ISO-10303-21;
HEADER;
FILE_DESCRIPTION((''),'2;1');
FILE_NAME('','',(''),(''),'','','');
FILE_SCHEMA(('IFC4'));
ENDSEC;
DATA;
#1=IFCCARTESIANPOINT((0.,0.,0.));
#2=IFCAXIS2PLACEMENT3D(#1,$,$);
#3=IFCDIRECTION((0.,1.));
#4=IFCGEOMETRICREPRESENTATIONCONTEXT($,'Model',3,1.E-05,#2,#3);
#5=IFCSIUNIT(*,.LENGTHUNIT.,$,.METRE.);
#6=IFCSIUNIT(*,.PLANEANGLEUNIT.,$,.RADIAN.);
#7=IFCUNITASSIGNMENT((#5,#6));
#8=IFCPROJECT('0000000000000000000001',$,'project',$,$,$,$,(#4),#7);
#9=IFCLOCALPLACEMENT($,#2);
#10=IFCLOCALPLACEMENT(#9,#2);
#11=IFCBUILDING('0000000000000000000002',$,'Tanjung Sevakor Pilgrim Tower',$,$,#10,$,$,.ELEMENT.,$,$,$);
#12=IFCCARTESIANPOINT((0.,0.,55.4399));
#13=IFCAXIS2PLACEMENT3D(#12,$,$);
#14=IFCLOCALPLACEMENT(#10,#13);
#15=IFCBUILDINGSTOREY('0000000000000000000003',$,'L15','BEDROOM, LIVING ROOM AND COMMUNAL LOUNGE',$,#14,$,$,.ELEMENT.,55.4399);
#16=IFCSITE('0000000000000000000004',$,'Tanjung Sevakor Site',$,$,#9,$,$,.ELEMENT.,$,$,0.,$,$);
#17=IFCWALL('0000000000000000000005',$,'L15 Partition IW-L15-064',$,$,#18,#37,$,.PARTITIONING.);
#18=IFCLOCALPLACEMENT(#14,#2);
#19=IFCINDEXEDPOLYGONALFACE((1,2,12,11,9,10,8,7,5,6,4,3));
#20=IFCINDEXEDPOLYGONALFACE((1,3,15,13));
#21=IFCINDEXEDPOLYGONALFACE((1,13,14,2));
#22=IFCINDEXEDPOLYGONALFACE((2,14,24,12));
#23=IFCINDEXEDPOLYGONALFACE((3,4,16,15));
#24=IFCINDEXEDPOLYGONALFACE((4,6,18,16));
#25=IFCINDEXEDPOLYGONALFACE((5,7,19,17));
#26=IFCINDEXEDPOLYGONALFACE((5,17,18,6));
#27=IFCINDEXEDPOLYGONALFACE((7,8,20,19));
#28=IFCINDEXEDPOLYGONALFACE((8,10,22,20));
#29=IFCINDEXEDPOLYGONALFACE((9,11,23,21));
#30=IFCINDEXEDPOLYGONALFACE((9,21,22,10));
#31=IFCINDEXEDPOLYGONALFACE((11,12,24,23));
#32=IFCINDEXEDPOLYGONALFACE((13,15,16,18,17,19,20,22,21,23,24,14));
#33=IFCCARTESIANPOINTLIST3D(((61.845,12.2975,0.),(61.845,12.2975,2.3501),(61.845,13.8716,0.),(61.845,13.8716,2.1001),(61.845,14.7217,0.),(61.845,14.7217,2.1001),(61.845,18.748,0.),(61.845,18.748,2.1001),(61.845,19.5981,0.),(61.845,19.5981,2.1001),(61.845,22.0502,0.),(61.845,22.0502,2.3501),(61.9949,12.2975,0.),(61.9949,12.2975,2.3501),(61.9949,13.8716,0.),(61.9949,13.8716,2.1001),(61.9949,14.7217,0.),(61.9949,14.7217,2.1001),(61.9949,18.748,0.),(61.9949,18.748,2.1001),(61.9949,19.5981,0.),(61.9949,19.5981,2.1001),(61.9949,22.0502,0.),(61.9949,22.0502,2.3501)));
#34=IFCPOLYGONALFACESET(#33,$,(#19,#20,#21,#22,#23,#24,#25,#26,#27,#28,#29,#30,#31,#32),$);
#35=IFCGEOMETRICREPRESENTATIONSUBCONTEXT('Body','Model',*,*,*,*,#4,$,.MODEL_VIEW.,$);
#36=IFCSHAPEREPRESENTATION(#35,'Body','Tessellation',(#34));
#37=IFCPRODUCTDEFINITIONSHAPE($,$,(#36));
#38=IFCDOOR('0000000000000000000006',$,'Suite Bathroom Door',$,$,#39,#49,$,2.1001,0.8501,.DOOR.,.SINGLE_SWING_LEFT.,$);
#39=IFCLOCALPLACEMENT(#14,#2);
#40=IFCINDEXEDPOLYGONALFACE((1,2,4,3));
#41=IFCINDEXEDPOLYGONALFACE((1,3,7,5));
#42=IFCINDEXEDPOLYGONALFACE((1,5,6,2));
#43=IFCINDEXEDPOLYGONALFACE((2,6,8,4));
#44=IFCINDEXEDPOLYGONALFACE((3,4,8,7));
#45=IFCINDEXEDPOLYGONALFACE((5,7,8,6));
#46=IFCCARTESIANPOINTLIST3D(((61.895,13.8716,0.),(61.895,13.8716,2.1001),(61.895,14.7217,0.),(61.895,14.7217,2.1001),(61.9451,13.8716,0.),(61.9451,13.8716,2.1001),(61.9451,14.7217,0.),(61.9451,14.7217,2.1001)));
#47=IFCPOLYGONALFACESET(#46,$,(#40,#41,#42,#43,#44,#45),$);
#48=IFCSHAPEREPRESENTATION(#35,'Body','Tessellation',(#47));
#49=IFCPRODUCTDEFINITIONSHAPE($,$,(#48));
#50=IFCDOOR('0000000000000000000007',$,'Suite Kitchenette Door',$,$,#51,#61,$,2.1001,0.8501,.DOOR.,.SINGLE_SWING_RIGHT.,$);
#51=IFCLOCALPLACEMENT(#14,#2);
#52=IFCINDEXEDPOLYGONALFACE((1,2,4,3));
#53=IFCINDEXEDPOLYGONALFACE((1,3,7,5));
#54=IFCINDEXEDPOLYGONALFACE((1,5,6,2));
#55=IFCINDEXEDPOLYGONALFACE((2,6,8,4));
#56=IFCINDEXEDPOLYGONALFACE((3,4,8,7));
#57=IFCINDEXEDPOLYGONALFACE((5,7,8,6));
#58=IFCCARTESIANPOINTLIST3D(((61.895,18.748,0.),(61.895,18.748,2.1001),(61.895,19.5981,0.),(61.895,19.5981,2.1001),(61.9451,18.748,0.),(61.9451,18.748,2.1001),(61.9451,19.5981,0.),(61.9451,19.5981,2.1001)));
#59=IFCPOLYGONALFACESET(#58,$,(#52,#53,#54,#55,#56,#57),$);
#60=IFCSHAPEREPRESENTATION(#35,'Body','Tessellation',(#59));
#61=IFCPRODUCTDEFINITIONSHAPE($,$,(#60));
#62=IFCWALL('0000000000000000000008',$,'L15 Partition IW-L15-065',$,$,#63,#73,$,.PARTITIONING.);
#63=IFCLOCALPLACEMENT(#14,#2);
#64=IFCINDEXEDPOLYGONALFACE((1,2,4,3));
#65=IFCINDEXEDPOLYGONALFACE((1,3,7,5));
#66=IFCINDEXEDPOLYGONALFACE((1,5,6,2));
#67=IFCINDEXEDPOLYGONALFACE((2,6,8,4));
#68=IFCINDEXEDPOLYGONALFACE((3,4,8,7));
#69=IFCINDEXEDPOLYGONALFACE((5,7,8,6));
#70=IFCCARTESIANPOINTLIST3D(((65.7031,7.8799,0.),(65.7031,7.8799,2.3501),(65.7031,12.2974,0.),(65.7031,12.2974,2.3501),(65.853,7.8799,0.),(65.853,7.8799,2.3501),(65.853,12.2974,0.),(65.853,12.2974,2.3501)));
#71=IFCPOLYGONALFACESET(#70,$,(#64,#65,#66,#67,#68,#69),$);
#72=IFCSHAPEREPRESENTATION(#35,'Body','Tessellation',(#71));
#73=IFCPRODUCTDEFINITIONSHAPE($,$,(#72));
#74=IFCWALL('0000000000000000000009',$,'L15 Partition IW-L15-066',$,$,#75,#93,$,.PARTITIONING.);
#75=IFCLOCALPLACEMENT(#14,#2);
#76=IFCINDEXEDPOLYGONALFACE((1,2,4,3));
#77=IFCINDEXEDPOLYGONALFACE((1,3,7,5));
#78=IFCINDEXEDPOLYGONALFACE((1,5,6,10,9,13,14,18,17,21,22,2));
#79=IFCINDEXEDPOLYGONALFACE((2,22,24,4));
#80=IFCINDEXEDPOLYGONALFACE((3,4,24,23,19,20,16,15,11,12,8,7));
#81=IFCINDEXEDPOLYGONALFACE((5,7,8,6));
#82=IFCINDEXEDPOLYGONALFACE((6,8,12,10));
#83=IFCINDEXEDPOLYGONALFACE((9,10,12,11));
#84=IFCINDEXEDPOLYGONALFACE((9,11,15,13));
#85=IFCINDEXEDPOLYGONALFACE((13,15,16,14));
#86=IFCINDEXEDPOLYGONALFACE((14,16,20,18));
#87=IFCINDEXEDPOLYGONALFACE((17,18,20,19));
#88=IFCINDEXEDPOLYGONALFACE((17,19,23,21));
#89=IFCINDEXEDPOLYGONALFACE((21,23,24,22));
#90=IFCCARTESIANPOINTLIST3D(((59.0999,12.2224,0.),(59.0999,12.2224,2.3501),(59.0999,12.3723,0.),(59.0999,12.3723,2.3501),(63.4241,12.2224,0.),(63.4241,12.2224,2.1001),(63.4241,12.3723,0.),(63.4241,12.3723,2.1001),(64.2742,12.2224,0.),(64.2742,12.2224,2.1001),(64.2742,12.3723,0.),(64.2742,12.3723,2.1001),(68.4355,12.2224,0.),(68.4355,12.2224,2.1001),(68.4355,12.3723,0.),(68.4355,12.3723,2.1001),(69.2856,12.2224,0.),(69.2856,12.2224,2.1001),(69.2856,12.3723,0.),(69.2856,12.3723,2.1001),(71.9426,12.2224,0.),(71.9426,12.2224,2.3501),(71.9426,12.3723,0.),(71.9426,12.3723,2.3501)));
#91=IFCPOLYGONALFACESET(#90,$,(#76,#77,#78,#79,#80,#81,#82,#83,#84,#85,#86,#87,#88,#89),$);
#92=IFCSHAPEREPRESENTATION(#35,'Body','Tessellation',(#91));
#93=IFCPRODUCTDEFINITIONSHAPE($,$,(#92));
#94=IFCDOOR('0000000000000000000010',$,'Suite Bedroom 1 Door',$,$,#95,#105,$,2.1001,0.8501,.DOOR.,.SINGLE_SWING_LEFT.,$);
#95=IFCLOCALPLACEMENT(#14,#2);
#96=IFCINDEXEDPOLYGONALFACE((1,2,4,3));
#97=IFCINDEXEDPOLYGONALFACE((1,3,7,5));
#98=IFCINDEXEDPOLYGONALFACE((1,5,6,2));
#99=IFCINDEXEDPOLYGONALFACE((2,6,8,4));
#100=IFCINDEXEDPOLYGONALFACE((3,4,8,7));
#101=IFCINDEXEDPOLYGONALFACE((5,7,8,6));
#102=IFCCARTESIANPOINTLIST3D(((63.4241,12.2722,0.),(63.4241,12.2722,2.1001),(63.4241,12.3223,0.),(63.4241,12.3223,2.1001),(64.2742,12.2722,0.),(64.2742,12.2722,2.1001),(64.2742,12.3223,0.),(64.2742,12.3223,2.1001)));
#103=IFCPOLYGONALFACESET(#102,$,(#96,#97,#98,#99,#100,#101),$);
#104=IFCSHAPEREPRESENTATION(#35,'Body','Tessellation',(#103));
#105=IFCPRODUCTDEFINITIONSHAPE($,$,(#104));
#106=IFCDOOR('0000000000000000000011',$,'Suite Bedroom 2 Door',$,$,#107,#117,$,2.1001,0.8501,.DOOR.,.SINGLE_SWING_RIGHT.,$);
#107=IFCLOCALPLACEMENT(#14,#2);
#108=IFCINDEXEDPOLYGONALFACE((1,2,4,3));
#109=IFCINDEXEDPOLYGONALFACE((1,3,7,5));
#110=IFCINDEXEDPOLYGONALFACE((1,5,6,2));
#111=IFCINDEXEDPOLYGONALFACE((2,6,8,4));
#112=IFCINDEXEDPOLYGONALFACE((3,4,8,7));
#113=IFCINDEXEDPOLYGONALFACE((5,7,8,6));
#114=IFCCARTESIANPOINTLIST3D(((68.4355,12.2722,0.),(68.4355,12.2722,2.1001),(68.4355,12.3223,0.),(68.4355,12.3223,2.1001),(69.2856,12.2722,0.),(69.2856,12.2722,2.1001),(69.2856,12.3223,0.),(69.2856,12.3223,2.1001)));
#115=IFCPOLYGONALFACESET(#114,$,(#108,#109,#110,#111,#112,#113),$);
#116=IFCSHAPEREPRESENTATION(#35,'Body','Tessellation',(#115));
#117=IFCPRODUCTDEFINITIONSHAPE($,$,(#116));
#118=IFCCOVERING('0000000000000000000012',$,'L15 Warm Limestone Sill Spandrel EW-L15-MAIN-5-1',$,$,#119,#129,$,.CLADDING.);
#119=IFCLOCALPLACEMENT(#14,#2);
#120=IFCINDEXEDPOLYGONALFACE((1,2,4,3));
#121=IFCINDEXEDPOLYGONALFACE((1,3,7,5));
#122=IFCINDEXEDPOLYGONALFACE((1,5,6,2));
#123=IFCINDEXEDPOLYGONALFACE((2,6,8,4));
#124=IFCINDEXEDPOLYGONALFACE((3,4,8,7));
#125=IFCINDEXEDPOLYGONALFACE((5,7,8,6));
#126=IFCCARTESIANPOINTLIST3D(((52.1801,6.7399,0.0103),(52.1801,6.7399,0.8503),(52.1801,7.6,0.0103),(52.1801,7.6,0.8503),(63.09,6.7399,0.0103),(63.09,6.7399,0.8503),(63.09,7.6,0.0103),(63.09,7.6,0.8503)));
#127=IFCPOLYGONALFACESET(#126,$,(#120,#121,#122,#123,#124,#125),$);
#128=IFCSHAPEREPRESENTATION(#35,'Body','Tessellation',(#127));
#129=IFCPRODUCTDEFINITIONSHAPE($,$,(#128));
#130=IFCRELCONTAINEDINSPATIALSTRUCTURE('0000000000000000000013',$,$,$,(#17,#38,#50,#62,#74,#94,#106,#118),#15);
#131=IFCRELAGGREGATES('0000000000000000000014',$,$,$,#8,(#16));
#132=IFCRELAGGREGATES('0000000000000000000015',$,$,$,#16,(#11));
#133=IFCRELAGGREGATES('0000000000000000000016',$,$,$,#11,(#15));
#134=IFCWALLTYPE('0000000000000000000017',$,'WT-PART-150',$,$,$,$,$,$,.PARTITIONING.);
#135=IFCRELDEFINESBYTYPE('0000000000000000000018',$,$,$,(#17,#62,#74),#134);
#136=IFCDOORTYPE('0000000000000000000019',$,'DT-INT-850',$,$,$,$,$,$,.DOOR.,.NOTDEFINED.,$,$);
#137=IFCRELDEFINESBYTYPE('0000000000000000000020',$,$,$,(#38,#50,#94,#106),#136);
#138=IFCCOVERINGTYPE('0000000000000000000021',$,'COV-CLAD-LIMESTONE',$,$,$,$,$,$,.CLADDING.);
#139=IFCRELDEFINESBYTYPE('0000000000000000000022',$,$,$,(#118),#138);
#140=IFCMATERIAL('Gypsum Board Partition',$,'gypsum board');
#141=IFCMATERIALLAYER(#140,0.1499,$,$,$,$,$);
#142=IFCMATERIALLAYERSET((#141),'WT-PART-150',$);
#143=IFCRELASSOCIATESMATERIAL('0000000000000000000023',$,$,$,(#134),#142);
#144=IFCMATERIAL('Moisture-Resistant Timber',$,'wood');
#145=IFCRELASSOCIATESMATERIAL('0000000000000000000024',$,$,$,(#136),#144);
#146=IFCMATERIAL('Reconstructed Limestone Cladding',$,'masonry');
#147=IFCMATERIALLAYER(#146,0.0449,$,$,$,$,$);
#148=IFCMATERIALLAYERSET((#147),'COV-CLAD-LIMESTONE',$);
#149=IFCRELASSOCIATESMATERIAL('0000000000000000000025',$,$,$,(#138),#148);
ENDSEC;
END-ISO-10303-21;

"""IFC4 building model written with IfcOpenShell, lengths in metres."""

from ifc_helpers import new_model, si_unit, direction, frame, frame_2d, origin, origin_2d, place, context, subcontext, project, spatial, rectangle, extrude, material, layer, layer_set, type_object, element, fill, save


model = new_model("IFC4")

# Units and contexts
model_context = context("Model", 3, precision=1e-05, world=origin(), true_north=direction((0.0, 1.0)))
body_context = subcontext(model_context, "Body", "Model", "MODEL_VIEW")
ifc_project = project(units=[si_unit("LENGTHUNIT", "METRE"), si_unit("PLANEANGLEUNIT", "RADIAN")], contexts=[model_context])

# Site, building, storey
site_placement = place(None, origin())
site = spatial("IfcSite", under=ifc_project, at=site_placement, Name="Tanjung Sevakor Site", CompositionType="ELEMENT", RefElevation=0.0)
building_placement = place(site_placement, origin())
building = spatial("IfcBuilding", under=site, at=building_placement, Name="Tanjung Sevakor Pilgrim Tower", CompositionType="ELEMENT")
storey_placement = place(building_placement, frame((0.0, 0.0, 55.4399)))
storey = spatial("IfcBuildingStorey", under=building, at=storey_placement, Name="L15", Description="BEDROOM, LIVING ROOM AND COMMUNAL LOUNGE", CompositionType="ELEMENT", Elevation=55.4399)

# Shared definitions
ifc_material_1 = material(Name="Gypsum Board Partition", Category="gypsum board")
ifc_layer_1 = layer(ifc_material_1, 0.1499)
ifc_layer_set_1 = layer_set([ifc_layer_1], Name="WT-PART-150")
wall_type_1 = type_object("IfcWallType", Name="WT-PART-150", PredefinedType="PARTITIONING", material=ifc_layer_set_1)
ifc_material_2 = material(Name="Moisture-Resistant Timber", Category="wood")
door_type_1 = type_object("IfcDoorType", Name="DT-INT-850", OperationType="NOTDEFINED", PredefinedType="DOOR", material=ifc_material_2)

# Wall, openings, doors
wall_1_placement = place(storey_placement, frame((61.9199, 12.2974, 0.0), z_axis=(0.0, 0.0, 1.0), x_axis=(0.0, 1.0, 0.0)))
wall_1 = element("IfcWall", 1, at=wall_1_placement, inside=storey, type_object=wall_type_1, Name="L15 Partition IW-L15-064", PredefinedType="PARTITIONING", context=body_context, shape_type="SweptSolid", body=[
    extrude(rectangle(XDim=9.7527, YDim=0.1499, at=frame_2d((4.8765, 0.0))), origin(), (0.0, 0.0, 1.0), 2.3501),
])
opening_1_placement = place(wall_1_placement, frame((1.5742, 0.0, 0.0)))
opening_1 = element("IfcOpeningElement", 2, at=opening_1_placement, cuts=wall_1, PredefinedType="OPENING", context=body_context, shape_type="SweptSolid", body=[
    extrude(rectangle(XDim=0.8501, YDim=2.1001, at=frame_2d((0.425, 1.05))), frame((0.0, 0.085, 0.0), z_axis=(0.0, -1.0, 0.0), x_axis=(1.0, 0.0, 0.0)), (0.0, 0.0, 1.0), 0.1699),
])
opening_2_placement = place(wall_1_placement, frame((6.4507, 0.0, 0.0)))
opening_2 = element("IfcOpeningElement", 3, at=opening_2_placement, cuts=wall_1, PredefinedType="OPENING", context=body_context, shape_type="SweptSolid", body=[
    extrude(rectangle(XDim=0.8501, YDim=2.1001, at=frame_2d((0.425, 1.05))), frame((0.0, 0.085, 0.0), z_axis=(0.0, -1.0, 0.0), x_axis=(1.0, 0.0, 0.0)), (0.0, 0.0, 1.0), 0.1699),
])
door_1_placement = place(opening_1_placement, origin())
door_1 = element("IfcDoor", 4, at=door_1_placement, inside=storey, type_object=door_type_1, Name="Suite Bathroom Door", OperationType="SINGLE_SWING_LEFT", OverallHeight=2.1001, OverallWidth=0.8501, PredefinedType="DOOR", context=body_context, shape_type="SweptSolid", body=[
    extrude(rectangle(XDim=0.8501, YDim=2.1001, at=frame_2d((0.425, 1.05))), frame((0.0, 0.0249, 0.0), z_axis=(0.0, -1.0, 0.0), x_axis=(1.0, 0.0, 0.0)), (0.0, 0.0, 1.0), 0.05),
])
fill(opening_1, door_1)
door_2_placement = place(opening_2_placement, origin())
door_2 = element("IfcDoor", 5, at=door_2_placement, inside=storey, type_object=door_type_1, Name="Suite Kitchenette Door", OperationType="SINGLE_SWING_RIGHT", OverallHeight=2.1001, OverallWidth=0.8501, PredefinedType="DOOR", context=body_context, shape_type="SweptSolid", body=[
    extrude(rectangle(XDim=0.8501, YDim=2.1001, at=frame_2d((0.425, 1.05))), frame((0.0, 0.0249, 0.0), z_axis=(0.0, -1.0, 0.0), x_axis=(1.0, 0.0, 0.0)), (0.0, 0.0, 1.0), 0.05),
])
fill(opening_2, door_2)

# Wall
wall_2_placement = place(storey_placement, frame((65.7781, 7.8799, 0.0), z_axis=(0.0, 0.0, 1.0), x_axis=(0.0, 1.0, 0.0)))
element("IfcWall", 6, at=wall_2_placement, inside=storey, type_object=wall_type_1, Name="L15 Partition IW-L15-065", PredefinedType="PARTITIONING", context=body_context, shape_type="SweptSolid", body=[
    extrude(rectangle(XDim=4.4175, YDim=0.1499, at=frame_2d((2.2087, 0.0))), origin(), (0.0, 0.0, 1.0), 2.3501),
])

# Wall, openings, doors
wall_3_placement = place(storey_placement, frame((59.0999, 12.2974, 0.0), z_axis=(0.0, 0.0, 1.0), x_axis=(1.0, 0.0, 0.0)))
wall_3 = element("IfcWall", 7, at=wall_3_placement, inside=storey, type_object=wall_type_1, Name="L15 Partition IW-L15-066", PredefinedType="PARTITIONING", context=body_context, shape_type="SweptSolid", body=[
    extrude(rectangle(XDim=12.8428, YDim=0.1499, at=frame_2d((6.4214, 0.0))), origin(), (0.0, 0.0, 1.0), 2.3501),
])
opening_3_placement = place(wall_3_placement, frame((4.3242, 0.0, 0.0)))
opening_3 = element("IfcOpeningElement", 8, at=opening_3_placement, cuts=wall_3, PredefinedType="OPENING", context=body_context, shape_type="SweptSolid", body=[
    extrude(rectangle(XDim=0.8501, YDim=2.1001, at=frame_2d((0.425, 1.05))), frame((0.0, 0.085, 0.0), z_axis=(0.0, -1.0, 0.0), x_axis=(1.0, 0.0, 0.0)), (0.0, 0.0, 1.0), 0.1699),
])
opening_4_placement = place(wall_3_placement, frame((9.3357, 0.0, 0.0)))
opening_4 = element("IfcOpeningElement", 9, at=opening_4_placement, cuts=wall_3, PredefinedType="OPENING", context=body_context, shape_type="SweptSolid", body=[
    extrude(rectangle(XDim=0.8501, YDim=2.1001, at=frame_2d((0.425, 1.05))), frame((0.0, 0.085, 0.0), z_axis=(0.0, -1.0, 0.0), x_axis=(1.0, 0.0, 0.0)), (0.0, 0.0, 1.0), 0.1699),
])
door_3_placement = place(opening_3_placement, origin())
door_3 = element("IfcDoor", 10, at=door_3_placement, inside=storey, type_object=door_type_1, Name="Suite Bedroom 1 Door", OperationType="SINGLE_SWING_LEFT", OverallHeight=2.1001, OverallWidth=0.8501, PredefinedType="DOOR", context=body_context, shape_type="SweptSolid", body=[
    extrude(rectangle(XDim=0.8501, YDim=2.1001, at=frame_2d((0.425, 1.05))), frame((0.0, 0.0249, 0.0), z_axis=(0.0, -1.0, 0.0), x_axis=(1.0, 0.0, 0.0)), (0.0, 0.0, 1.0), 0.05),
])
fill(opening_3, door_3)
door_4_placement = place(opening_4_placement, origin())
door_4 = element("IfcDoor", 11, at=door_4_placement, inside=storey, type_object=door_type_1, Name="Suite Bedroom 2 Door", OperationType="SINGLE_SWING_RIGHT", OverallHeight=2.1001, OverallWidth=0.8501, PredefinedType="DOOR", context=body_context, shape_type="SweptSolid", body=[
    extrude(rectangle(XDim=0.8501, YDim=2.1001, at=frame_2d((0.425, 1.05))), frame((0.0, 0.0249, 0.0), z_axis=(0.0, -1.0, 0.0), x_axis=(1.0, 0.0, 0.0)), (0.0, 0.0, 1.0), 0.05),
])
fill(opening_4, door_4)

# Covering
ifc_material_3 = material(Name="Reconstructed Limestone Cladding", Category="masonry")
ifc_layer_2 = layer(ifc_material_3, 0.0449)
ifc_layer_set_2 = layer_set([ifc_layer_2], Name="COV-CLAD-LIMESTONE")
covering_type = type_object("IfcCoveringType", Name="COV-CLAD-LIMESTONE", PredefinedType="CLADDING", material=ifc_layer_set_2)
covering_placement = place(storey_placement, frame((57.635, 7.1699, 0.0103), z_axis=(0.0, 0.0, 1.0), x_axis=(1.0, 0.0, 0.0)))
element("IfcCovering", 12, at=covering_placement, inside=storey, type_object=covering_type, Name="L15 Warm Limestone Sill Spandrel EW-L15-MAIN-5-1", PredefinedType="CLADDING", context=body_context, shape_type="SweptSolid", body=[
    extrude(rectangle(XDim=10.9099, YDim=0.8601, at=origin_2d()), origin(), (0.0, 0.0, 1.0), 0.8401),
])

save(model, "model.ifc")
